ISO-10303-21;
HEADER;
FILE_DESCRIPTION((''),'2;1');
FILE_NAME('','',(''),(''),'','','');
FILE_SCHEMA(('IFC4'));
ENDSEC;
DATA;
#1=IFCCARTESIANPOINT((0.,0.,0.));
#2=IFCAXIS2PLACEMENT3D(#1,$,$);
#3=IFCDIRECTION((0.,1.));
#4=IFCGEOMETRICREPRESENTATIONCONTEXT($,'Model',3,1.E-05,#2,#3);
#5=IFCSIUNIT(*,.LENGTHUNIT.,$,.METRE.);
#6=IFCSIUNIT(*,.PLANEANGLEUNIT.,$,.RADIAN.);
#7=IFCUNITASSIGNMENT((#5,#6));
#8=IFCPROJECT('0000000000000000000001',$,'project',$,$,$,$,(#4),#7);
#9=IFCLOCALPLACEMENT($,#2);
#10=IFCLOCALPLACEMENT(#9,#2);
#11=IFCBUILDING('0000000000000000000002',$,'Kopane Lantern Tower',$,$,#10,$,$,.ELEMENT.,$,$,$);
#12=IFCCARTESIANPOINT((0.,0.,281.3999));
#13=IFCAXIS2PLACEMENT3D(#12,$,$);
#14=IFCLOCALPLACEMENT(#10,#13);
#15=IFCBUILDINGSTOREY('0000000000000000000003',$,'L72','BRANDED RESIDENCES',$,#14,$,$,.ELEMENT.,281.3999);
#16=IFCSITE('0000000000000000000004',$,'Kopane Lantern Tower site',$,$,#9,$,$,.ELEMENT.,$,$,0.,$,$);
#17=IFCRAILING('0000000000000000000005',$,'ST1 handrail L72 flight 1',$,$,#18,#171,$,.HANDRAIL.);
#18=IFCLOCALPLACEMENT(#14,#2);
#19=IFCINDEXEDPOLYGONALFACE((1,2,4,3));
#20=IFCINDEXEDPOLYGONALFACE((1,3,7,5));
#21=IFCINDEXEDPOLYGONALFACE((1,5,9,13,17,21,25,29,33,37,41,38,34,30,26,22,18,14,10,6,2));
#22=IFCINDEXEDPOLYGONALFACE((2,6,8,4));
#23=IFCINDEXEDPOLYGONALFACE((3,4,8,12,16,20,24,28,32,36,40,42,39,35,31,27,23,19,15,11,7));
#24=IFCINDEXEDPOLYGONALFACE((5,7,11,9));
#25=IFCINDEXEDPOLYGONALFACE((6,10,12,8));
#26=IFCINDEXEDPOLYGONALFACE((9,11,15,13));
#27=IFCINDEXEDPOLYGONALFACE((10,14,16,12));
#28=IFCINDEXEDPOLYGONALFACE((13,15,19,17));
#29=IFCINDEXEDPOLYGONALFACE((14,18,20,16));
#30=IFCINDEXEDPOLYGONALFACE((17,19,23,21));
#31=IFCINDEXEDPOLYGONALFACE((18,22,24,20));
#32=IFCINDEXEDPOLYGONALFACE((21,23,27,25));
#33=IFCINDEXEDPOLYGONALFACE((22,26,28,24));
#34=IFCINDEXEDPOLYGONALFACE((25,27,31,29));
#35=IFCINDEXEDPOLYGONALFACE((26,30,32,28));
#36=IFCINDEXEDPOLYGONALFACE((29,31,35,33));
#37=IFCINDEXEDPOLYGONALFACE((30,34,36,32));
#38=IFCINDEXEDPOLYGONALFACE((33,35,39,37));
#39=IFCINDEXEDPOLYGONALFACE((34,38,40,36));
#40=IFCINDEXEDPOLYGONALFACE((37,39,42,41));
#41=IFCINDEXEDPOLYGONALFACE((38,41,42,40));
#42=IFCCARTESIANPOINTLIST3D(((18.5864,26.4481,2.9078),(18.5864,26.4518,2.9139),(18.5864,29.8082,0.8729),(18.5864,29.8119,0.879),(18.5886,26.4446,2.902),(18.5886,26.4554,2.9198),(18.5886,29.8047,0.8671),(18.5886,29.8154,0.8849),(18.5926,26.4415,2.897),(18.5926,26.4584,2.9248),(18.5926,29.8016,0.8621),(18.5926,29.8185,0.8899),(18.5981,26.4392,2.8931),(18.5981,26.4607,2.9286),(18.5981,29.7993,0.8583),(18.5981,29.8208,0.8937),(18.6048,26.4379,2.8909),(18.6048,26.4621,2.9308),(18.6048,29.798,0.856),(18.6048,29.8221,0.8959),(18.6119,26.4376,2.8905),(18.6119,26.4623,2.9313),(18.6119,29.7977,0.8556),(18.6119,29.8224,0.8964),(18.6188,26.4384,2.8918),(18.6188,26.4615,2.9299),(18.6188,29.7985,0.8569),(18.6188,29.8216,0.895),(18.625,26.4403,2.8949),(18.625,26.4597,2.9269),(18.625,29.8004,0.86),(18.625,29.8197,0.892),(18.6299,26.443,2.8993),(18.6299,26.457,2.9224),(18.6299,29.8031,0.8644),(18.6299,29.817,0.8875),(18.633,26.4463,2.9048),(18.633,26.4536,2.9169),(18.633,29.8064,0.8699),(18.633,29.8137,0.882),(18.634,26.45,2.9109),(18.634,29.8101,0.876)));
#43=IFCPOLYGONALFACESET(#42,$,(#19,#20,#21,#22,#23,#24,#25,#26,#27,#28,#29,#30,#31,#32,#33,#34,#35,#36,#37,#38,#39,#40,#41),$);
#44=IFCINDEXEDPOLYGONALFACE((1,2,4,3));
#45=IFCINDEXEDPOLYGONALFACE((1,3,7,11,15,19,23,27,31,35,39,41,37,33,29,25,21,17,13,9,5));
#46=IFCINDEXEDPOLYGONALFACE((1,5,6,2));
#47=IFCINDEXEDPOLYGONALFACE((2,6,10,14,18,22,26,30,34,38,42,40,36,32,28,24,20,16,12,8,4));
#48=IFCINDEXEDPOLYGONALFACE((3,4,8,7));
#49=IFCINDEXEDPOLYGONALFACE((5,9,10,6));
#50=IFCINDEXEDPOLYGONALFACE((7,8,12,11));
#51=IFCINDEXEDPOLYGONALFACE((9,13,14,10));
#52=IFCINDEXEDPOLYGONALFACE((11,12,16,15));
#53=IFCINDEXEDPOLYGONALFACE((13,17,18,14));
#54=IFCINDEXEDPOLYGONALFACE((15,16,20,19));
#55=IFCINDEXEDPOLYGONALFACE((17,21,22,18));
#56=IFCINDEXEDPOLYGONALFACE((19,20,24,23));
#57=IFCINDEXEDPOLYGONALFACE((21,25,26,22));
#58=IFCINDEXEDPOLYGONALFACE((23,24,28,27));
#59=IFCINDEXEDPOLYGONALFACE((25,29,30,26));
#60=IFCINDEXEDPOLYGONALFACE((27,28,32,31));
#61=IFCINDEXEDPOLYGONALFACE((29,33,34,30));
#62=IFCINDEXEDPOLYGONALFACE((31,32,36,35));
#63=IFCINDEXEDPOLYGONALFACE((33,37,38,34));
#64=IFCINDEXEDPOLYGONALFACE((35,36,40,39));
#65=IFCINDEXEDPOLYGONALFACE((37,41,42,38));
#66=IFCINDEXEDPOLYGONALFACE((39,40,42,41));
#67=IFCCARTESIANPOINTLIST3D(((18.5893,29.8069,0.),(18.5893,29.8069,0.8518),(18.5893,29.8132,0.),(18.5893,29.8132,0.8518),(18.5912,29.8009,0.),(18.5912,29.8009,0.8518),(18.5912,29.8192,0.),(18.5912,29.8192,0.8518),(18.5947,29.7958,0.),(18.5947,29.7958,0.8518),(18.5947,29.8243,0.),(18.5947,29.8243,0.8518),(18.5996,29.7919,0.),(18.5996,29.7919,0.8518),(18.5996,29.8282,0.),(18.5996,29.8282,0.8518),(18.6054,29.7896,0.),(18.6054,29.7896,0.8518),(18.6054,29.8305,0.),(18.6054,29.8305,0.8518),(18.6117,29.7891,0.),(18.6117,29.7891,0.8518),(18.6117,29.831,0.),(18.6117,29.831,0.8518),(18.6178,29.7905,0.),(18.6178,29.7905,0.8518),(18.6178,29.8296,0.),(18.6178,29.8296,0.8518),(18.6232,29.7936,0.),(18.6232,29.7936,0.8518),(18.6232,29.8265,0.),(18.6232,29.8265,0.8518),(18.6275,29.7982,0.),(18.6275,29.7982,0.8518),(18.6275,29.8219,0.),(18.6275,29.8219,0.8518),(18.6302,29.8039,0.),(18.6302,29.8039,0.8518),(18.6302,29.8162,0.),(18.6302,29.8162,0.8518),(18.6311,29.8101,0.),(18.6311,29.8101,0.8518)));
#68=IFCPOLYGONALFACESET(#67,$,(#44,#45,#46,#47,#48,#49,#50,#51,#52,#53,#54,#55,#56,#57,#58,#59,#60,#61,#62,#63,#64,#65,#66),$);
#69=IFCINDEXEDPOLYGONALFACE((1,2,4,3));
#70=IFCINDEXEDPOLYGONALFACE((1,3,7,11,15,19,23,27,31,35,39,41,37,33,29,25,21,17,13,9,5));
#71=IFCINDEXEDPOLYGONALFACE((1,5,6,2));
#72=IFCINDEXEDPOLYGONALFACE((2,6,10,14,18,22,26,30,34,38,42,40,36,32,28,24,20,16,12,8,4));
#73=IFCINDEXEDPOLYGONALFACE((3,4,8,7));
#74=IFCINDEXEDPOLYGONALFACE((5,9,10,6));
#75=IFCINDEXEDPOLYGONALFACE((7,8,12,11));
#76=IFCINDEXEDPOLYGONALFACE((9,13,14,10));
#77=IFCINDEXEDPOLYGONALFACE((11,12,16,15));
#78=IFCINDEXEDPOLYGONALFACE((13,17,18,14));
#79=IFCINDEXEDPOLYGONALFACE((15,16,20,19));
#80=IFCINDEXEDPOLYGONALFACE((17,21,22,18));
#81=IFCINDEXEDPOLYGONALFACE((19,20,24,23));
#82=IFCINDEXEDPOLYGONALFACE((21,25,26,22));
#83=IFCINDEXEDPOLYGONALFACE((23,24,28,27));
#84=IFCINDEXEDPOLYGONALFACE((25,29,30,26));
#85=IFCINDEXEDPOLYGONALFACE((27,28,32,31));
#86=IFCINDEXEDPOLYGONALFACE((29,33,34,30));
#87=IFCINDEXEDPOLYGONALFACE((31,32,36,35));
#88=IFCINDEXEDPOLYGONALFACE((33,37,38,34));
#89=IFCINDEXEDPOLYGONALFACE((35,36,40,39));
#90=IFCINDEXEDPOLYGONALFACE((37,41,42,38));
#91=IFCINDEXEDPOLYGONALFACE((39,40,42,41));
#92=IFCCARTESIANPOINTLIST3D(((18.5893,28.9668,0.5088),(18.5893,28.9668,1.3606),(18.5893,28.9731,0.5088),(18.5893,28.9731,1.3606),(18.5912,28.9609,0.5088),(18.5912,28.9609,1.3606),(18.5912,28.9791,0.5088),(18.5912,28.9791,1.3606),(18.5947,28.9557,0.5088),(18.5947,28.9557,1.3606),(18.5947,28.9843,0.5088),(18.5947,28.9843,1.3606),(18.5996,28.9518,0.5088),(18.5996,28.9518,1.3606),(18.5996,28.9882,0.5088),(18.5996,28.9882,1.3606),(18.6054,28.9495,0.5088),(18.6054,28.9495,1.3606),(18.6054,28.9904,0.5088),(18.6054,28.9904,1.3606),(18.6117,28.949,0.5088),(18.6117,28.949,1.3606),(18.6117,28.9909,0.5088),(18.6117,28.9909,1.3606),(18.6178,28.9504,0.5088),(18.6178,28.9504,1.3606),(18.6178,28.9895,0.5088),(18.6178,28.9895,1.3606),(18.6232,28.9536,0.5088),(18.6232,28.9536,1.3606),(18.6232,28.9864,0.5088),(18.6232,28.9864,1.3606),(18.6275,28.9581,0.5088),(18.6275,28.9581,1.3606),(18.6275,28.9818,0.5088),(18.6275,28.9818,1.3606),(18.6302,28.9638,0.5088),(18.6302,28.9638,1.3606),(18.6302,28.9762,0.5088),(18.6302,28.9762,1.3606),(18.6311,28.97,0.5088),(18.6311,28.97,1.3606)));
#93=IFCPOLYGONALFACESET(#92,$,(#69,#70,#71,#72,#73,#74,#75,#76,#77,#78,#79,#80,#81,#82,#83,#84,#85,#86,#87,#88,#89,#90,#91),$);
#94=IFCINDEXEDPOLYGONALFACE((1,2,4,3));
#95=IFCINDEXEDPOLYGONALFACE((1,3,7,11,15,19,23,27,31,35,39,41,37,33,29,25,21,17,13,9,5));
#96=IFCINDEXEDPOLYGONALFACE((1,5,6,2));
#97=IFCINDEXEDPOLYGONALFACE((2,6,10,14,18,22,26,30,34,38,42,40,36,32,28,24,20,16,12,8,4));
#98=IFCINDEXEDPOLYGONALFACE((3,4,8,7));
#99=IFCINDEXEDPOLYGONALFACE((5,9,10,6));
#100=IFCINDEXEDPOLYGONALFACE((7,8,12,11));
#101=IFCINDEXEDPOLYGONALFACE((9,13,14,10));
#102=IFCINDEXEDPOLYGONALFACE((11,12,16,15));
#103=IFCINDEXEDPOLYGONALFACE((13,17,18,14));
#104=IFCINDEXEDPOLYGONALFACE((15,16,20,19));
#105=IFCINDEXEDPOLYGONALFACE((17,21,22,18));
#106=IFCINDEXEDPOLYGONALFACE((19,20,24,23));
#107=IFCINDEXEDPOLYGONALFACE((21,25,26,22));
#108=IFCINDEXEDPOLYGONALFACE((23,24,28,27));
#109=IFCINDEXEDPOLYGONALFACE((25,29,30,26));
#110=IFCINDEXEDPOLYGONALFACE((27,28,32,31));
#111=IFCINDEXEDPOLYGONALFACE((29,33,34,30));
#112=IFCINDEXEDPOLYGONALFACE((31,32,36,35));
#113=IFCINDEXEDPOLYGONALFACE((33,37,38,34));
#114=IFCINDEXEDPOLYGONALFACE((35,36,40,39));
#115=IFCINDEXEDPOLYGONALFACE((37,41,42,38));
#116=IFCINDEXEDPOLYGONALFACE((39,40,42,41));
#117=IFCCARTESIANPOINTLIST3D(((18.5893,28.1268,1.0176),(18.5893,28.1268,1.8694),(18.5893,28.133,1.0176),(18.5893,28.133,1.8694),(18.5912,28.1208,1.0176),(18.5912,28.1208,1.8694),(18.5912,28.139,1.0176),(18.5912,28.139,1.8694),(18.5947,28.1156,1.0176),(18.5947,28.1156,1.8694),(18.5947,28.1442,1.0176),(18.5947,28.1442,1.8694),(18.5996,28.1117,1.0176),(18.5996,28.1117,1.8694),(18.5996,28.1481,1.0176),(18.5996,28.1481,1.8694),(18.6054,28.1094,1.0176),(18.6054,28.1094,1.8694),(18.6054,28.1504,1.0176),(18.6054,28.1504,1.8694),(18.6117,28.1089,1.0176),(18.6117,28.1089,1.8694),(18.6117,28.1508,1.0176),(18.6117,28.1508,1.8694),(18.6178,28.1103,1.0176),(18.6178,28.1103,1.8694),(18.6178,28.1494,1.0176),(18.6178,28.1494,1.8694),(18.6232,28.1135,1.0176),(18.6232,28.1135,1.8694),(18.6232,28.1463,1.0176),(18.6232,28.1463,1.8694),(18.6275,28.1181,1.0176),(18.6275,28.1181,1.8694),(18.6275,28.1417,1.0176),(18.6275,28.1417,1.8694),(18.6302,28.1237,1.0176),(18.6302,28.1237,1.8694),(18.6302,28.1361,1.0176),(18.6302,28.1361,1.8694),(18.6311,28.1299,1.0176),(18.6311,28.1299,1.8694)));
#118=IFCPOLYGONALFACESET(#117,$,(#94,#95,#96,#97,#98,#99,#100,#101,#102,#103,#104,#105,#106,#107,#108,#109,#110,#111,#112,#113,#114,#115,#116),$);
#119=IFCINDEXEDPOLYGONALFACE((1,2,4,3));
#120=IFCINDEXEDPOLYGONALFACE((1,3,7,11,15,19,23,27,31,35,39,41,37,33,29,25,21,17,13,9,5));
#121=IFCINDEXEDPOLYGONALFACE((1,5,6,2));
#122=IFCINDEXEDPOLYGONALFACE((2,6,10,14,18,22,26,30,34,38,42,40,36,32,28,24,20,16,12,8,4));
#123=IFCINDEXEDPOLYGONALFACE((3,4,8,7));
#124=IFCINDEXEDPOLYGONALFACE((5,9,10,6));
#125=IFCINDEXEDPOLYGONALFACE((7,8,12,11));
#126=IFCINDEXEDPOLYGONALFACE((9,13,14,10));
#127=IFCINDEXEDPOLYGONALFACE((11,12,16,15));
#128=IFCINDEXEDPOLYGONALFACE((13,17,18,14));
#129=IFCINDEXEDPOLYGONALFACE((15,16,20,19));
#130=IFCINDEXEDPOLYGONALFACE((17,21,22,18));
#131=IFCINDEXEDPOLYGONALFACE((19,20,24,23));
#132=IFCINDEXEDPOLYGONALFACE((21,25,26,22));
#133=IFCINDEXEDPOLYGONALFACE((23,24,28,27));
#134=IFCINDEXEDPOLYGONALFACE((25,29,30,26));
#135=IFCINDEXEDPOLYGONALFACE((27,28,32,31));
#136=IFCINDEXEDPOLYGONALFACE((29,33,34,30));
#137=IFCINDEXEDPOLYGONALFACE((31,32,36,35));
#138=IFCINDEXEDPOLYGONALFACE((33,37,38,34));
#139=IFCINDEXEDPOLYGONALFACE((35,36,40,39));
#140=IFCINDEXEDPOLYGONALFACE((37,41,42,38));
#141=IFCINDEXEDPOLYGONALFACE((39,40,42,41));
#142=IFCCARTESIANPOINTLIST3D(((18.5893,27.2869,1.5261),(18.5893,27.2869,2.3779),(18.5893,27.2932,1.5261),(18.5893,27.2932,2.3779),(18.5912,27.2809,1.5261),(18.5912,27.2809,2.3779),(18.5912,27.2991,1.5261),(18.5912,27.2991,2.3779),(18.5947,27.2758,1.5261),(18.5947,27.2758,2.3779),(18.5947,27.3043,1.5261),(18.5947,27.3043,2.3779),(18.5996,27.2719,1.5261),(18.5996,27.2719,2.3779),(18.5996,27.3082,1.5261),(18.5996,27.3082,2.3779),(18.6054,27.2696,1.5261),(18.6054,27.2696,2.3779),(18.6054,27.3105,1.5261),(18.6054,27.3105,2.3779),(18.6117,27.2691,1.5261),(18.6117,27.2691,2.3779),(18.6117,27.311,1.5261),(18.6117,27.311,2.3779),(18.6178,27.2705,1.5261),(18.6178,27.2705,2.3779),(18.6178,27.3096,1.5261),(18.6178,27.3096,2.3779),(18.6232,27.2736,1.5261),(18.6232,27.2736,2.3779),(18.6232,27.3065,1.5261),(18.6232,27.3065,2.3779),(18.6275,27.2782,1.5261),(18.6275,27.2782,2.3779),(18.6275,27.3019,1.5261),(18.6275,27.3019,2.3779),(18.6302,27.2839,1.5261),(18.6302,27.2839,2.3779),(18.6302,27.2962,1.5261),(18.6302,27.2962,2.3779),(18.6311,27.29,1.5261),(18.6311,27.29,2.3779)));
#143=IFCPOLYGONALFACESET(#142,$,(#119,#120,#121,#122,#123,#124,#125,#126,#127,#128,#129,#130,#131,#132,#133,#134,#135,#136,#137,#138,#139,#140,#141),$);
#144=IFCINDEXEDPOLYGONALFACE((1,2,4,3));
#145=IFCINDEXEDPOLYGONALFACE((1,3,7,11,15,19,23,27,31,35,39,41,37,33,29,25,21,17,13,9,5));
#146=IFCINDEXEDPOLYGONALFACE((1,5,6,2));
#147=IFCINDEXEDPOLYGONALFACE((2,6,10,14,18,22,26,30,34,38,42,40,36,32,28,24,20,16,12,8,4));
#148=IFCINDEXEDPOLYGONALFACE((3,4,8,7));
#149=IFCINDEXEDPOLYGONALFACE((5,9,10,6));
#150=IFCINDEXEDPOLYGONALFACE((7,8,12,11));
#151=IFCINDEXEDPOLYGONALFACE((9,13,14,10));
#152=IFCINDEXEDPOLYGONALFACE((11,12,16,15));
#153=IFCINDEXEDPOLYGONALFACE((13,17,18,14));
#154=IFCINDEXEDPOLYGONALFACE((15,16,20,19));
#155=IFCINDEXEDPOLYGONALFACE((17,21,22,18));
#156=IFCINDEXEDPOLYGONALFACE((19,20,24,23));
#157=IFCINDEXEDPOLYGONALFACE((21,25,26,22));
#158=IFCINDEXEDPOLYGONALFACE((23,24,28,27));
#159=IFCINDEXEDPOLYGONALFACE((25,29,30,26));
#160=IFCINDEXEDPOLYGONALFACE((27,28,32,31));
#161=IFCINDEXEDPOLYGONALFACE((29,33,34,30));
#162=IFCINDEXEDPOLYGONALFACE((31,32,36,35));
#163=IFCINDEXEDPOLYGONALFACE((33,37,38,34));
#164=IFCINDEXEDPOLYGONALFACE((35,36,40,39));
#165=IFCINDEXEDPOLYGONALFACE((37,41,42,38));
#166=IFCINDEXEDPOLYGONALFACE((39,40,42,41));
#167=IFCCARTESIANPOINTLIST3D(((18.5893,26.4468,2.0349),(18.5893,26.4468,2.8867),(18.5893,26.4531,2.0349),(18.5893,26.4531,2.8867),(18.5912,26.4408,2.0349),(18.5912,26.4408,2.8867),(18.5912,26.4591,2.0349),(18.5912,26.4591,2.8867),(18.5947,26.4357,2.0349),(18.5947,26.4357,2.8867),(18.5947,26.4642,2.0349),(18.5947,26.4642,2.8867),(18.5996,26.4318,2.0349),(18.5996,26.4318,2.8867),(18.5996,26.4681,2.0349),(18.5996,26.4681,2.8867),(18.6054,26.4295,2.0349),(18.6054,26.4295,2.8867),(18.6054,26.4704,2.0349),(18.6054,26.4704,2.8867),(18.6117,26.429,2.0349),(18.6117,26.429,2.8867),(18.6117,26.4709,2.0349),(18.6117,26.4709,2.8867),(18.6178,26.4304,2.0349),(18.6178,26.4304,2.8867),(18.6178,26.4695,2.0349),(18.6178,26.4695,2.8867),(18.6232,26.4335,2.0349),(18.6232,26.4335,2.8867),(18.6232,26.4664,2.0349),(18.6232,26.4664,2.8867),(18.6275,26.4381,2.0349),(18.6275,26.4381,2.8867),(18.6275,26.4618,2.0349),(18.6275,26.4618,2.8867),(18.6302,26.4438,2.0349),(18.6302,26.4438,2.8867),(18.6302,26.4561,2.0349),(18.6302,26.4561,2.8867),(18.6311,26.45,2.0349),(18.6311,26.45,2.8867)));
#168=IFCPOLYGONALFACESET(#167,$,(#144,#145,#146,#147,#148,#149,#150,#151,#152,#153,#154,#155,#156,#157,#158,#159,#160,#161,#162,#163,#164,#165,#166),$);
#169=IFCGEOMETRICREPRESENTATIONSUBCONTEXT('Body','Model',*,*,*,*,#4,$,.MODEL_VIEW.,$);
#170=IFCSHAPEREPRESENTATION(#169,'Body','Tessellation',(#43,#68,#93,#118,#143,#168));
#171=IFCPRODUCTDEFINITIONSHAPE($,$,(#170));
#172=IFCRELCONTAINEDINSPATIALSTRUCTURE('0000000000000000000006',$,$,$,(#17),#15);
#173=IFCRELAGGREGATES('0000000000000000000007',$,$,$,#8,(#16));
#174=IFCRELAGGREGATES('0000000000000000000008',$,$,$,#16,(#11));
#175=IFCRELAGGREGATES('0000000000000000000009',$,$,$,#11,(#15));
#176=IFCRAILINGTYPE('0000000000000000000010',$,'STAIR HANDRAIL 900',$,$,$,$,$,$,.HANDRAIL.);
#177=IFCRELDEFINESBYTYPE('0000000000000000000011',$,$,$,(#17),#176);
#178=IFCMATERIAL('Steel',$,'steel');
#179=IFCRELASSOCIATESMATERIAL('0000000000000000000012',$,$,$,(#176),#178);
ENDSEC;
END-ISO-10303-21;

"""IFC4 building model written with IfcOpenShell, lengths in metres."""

from ifc_helpers import new_model, si_unit, direction, frame, origin, origin_2d, place, context, subcontext, project, spatial, circle, extrude, material, type_object, element, save


model = new_model("IFC4")

# Units and contexts
model_context = context("Model", 3, precision=1e-05, world=origin(), true_north=direction((0.0, 1.0)))
body_context = subcontext(model_context, "Body", "Model", "MODEL_VIEW")
ifc_project = project(units=[si_unit("LENGTHUNIT", "METRE"), si_unit("PLANEANGLEUNIT", "RADIAN")], contexts=[model_context])

# Site, building, storey
site_placement = place(None, origin())
site = spatial("IfcSite", under=ifc_project, at=site_placement, Name="Kopane Lantern Tower site", CompositionType="ELEMENT", RefElevation=0.0)
building_placement = place(site_placement, origin())
building = spatial("IfcBuilding", under=site, at=building_placement, Name="Kopane Lantern Tower", CompositionType="ELEMENT")
storey_placement = place(building_placement, frame((0.0, 0.0, 281.3999)))
storey = spatial("IfcBuildingStorey", under=building, at=storey_placement, Name="L72", Description="BRANDED RESIDENCES", CompositionType="ELEMENT", Elevation=281.3999)

# Railing
ifc_material_1 = material(Name="Steel", Category="steel")
railing_type_1 = type_object("IfcRailingType", Name="STAIR HANDRAIL 900", PredefinedType="HANDRAIL", material=ifc_material_1)
for number, where, name in (
    (1, (18.6101, 29.8101, 0.0), "ST1 handrail L72 flight 1"),
):
    element("IfcRailing", number, at=place(storey_placement, frame(where)), inside=storey, type_object=railing_type_1, Name=name, PredefinedType="HANDRAIL", context=body_context, shape_type="SweptSolid", body=[
        extrude(circle(Radius=0.0239, at=origin_2d()), frame((0.0, 0.0, 0.876), z_axis=(0.0, -0.855369, 0.518019), x_axis=(1.0, 0.0, 0.0)), (0.0, 0.0, 1.0), 3.9282),
        extrude(circle(Radius=0.021, at=origin_2d()), origin(), (0.0, 0.0, 1.0), 0.8518),
        extrude(circle(Radius=0.021, at=origin_2d()), frame((0.0, -0.8401, 0.5088)), (0.0, 0.0, 1.0), 0.8518),
        extrude(circle(Radius=0.021, at=origin_2d()), frame((0.0, -1.6802, 1.0176)), (0.0, 0.0, 1.0), 0.8518),
        extrude(circle(Radius=0.021, at=origin_2d()), frame((0.0, -2.52, 1.5261)), (0.0, 0.0, 1.0), 0.8518),
        extrude(circle(Radius=0.021, at=origin_2d()), frame((0.0, -3.3601, 2.0349)), (0.0, 0.0, 1.0), 0.8518),
    ])

save(model, "model.ifc")
